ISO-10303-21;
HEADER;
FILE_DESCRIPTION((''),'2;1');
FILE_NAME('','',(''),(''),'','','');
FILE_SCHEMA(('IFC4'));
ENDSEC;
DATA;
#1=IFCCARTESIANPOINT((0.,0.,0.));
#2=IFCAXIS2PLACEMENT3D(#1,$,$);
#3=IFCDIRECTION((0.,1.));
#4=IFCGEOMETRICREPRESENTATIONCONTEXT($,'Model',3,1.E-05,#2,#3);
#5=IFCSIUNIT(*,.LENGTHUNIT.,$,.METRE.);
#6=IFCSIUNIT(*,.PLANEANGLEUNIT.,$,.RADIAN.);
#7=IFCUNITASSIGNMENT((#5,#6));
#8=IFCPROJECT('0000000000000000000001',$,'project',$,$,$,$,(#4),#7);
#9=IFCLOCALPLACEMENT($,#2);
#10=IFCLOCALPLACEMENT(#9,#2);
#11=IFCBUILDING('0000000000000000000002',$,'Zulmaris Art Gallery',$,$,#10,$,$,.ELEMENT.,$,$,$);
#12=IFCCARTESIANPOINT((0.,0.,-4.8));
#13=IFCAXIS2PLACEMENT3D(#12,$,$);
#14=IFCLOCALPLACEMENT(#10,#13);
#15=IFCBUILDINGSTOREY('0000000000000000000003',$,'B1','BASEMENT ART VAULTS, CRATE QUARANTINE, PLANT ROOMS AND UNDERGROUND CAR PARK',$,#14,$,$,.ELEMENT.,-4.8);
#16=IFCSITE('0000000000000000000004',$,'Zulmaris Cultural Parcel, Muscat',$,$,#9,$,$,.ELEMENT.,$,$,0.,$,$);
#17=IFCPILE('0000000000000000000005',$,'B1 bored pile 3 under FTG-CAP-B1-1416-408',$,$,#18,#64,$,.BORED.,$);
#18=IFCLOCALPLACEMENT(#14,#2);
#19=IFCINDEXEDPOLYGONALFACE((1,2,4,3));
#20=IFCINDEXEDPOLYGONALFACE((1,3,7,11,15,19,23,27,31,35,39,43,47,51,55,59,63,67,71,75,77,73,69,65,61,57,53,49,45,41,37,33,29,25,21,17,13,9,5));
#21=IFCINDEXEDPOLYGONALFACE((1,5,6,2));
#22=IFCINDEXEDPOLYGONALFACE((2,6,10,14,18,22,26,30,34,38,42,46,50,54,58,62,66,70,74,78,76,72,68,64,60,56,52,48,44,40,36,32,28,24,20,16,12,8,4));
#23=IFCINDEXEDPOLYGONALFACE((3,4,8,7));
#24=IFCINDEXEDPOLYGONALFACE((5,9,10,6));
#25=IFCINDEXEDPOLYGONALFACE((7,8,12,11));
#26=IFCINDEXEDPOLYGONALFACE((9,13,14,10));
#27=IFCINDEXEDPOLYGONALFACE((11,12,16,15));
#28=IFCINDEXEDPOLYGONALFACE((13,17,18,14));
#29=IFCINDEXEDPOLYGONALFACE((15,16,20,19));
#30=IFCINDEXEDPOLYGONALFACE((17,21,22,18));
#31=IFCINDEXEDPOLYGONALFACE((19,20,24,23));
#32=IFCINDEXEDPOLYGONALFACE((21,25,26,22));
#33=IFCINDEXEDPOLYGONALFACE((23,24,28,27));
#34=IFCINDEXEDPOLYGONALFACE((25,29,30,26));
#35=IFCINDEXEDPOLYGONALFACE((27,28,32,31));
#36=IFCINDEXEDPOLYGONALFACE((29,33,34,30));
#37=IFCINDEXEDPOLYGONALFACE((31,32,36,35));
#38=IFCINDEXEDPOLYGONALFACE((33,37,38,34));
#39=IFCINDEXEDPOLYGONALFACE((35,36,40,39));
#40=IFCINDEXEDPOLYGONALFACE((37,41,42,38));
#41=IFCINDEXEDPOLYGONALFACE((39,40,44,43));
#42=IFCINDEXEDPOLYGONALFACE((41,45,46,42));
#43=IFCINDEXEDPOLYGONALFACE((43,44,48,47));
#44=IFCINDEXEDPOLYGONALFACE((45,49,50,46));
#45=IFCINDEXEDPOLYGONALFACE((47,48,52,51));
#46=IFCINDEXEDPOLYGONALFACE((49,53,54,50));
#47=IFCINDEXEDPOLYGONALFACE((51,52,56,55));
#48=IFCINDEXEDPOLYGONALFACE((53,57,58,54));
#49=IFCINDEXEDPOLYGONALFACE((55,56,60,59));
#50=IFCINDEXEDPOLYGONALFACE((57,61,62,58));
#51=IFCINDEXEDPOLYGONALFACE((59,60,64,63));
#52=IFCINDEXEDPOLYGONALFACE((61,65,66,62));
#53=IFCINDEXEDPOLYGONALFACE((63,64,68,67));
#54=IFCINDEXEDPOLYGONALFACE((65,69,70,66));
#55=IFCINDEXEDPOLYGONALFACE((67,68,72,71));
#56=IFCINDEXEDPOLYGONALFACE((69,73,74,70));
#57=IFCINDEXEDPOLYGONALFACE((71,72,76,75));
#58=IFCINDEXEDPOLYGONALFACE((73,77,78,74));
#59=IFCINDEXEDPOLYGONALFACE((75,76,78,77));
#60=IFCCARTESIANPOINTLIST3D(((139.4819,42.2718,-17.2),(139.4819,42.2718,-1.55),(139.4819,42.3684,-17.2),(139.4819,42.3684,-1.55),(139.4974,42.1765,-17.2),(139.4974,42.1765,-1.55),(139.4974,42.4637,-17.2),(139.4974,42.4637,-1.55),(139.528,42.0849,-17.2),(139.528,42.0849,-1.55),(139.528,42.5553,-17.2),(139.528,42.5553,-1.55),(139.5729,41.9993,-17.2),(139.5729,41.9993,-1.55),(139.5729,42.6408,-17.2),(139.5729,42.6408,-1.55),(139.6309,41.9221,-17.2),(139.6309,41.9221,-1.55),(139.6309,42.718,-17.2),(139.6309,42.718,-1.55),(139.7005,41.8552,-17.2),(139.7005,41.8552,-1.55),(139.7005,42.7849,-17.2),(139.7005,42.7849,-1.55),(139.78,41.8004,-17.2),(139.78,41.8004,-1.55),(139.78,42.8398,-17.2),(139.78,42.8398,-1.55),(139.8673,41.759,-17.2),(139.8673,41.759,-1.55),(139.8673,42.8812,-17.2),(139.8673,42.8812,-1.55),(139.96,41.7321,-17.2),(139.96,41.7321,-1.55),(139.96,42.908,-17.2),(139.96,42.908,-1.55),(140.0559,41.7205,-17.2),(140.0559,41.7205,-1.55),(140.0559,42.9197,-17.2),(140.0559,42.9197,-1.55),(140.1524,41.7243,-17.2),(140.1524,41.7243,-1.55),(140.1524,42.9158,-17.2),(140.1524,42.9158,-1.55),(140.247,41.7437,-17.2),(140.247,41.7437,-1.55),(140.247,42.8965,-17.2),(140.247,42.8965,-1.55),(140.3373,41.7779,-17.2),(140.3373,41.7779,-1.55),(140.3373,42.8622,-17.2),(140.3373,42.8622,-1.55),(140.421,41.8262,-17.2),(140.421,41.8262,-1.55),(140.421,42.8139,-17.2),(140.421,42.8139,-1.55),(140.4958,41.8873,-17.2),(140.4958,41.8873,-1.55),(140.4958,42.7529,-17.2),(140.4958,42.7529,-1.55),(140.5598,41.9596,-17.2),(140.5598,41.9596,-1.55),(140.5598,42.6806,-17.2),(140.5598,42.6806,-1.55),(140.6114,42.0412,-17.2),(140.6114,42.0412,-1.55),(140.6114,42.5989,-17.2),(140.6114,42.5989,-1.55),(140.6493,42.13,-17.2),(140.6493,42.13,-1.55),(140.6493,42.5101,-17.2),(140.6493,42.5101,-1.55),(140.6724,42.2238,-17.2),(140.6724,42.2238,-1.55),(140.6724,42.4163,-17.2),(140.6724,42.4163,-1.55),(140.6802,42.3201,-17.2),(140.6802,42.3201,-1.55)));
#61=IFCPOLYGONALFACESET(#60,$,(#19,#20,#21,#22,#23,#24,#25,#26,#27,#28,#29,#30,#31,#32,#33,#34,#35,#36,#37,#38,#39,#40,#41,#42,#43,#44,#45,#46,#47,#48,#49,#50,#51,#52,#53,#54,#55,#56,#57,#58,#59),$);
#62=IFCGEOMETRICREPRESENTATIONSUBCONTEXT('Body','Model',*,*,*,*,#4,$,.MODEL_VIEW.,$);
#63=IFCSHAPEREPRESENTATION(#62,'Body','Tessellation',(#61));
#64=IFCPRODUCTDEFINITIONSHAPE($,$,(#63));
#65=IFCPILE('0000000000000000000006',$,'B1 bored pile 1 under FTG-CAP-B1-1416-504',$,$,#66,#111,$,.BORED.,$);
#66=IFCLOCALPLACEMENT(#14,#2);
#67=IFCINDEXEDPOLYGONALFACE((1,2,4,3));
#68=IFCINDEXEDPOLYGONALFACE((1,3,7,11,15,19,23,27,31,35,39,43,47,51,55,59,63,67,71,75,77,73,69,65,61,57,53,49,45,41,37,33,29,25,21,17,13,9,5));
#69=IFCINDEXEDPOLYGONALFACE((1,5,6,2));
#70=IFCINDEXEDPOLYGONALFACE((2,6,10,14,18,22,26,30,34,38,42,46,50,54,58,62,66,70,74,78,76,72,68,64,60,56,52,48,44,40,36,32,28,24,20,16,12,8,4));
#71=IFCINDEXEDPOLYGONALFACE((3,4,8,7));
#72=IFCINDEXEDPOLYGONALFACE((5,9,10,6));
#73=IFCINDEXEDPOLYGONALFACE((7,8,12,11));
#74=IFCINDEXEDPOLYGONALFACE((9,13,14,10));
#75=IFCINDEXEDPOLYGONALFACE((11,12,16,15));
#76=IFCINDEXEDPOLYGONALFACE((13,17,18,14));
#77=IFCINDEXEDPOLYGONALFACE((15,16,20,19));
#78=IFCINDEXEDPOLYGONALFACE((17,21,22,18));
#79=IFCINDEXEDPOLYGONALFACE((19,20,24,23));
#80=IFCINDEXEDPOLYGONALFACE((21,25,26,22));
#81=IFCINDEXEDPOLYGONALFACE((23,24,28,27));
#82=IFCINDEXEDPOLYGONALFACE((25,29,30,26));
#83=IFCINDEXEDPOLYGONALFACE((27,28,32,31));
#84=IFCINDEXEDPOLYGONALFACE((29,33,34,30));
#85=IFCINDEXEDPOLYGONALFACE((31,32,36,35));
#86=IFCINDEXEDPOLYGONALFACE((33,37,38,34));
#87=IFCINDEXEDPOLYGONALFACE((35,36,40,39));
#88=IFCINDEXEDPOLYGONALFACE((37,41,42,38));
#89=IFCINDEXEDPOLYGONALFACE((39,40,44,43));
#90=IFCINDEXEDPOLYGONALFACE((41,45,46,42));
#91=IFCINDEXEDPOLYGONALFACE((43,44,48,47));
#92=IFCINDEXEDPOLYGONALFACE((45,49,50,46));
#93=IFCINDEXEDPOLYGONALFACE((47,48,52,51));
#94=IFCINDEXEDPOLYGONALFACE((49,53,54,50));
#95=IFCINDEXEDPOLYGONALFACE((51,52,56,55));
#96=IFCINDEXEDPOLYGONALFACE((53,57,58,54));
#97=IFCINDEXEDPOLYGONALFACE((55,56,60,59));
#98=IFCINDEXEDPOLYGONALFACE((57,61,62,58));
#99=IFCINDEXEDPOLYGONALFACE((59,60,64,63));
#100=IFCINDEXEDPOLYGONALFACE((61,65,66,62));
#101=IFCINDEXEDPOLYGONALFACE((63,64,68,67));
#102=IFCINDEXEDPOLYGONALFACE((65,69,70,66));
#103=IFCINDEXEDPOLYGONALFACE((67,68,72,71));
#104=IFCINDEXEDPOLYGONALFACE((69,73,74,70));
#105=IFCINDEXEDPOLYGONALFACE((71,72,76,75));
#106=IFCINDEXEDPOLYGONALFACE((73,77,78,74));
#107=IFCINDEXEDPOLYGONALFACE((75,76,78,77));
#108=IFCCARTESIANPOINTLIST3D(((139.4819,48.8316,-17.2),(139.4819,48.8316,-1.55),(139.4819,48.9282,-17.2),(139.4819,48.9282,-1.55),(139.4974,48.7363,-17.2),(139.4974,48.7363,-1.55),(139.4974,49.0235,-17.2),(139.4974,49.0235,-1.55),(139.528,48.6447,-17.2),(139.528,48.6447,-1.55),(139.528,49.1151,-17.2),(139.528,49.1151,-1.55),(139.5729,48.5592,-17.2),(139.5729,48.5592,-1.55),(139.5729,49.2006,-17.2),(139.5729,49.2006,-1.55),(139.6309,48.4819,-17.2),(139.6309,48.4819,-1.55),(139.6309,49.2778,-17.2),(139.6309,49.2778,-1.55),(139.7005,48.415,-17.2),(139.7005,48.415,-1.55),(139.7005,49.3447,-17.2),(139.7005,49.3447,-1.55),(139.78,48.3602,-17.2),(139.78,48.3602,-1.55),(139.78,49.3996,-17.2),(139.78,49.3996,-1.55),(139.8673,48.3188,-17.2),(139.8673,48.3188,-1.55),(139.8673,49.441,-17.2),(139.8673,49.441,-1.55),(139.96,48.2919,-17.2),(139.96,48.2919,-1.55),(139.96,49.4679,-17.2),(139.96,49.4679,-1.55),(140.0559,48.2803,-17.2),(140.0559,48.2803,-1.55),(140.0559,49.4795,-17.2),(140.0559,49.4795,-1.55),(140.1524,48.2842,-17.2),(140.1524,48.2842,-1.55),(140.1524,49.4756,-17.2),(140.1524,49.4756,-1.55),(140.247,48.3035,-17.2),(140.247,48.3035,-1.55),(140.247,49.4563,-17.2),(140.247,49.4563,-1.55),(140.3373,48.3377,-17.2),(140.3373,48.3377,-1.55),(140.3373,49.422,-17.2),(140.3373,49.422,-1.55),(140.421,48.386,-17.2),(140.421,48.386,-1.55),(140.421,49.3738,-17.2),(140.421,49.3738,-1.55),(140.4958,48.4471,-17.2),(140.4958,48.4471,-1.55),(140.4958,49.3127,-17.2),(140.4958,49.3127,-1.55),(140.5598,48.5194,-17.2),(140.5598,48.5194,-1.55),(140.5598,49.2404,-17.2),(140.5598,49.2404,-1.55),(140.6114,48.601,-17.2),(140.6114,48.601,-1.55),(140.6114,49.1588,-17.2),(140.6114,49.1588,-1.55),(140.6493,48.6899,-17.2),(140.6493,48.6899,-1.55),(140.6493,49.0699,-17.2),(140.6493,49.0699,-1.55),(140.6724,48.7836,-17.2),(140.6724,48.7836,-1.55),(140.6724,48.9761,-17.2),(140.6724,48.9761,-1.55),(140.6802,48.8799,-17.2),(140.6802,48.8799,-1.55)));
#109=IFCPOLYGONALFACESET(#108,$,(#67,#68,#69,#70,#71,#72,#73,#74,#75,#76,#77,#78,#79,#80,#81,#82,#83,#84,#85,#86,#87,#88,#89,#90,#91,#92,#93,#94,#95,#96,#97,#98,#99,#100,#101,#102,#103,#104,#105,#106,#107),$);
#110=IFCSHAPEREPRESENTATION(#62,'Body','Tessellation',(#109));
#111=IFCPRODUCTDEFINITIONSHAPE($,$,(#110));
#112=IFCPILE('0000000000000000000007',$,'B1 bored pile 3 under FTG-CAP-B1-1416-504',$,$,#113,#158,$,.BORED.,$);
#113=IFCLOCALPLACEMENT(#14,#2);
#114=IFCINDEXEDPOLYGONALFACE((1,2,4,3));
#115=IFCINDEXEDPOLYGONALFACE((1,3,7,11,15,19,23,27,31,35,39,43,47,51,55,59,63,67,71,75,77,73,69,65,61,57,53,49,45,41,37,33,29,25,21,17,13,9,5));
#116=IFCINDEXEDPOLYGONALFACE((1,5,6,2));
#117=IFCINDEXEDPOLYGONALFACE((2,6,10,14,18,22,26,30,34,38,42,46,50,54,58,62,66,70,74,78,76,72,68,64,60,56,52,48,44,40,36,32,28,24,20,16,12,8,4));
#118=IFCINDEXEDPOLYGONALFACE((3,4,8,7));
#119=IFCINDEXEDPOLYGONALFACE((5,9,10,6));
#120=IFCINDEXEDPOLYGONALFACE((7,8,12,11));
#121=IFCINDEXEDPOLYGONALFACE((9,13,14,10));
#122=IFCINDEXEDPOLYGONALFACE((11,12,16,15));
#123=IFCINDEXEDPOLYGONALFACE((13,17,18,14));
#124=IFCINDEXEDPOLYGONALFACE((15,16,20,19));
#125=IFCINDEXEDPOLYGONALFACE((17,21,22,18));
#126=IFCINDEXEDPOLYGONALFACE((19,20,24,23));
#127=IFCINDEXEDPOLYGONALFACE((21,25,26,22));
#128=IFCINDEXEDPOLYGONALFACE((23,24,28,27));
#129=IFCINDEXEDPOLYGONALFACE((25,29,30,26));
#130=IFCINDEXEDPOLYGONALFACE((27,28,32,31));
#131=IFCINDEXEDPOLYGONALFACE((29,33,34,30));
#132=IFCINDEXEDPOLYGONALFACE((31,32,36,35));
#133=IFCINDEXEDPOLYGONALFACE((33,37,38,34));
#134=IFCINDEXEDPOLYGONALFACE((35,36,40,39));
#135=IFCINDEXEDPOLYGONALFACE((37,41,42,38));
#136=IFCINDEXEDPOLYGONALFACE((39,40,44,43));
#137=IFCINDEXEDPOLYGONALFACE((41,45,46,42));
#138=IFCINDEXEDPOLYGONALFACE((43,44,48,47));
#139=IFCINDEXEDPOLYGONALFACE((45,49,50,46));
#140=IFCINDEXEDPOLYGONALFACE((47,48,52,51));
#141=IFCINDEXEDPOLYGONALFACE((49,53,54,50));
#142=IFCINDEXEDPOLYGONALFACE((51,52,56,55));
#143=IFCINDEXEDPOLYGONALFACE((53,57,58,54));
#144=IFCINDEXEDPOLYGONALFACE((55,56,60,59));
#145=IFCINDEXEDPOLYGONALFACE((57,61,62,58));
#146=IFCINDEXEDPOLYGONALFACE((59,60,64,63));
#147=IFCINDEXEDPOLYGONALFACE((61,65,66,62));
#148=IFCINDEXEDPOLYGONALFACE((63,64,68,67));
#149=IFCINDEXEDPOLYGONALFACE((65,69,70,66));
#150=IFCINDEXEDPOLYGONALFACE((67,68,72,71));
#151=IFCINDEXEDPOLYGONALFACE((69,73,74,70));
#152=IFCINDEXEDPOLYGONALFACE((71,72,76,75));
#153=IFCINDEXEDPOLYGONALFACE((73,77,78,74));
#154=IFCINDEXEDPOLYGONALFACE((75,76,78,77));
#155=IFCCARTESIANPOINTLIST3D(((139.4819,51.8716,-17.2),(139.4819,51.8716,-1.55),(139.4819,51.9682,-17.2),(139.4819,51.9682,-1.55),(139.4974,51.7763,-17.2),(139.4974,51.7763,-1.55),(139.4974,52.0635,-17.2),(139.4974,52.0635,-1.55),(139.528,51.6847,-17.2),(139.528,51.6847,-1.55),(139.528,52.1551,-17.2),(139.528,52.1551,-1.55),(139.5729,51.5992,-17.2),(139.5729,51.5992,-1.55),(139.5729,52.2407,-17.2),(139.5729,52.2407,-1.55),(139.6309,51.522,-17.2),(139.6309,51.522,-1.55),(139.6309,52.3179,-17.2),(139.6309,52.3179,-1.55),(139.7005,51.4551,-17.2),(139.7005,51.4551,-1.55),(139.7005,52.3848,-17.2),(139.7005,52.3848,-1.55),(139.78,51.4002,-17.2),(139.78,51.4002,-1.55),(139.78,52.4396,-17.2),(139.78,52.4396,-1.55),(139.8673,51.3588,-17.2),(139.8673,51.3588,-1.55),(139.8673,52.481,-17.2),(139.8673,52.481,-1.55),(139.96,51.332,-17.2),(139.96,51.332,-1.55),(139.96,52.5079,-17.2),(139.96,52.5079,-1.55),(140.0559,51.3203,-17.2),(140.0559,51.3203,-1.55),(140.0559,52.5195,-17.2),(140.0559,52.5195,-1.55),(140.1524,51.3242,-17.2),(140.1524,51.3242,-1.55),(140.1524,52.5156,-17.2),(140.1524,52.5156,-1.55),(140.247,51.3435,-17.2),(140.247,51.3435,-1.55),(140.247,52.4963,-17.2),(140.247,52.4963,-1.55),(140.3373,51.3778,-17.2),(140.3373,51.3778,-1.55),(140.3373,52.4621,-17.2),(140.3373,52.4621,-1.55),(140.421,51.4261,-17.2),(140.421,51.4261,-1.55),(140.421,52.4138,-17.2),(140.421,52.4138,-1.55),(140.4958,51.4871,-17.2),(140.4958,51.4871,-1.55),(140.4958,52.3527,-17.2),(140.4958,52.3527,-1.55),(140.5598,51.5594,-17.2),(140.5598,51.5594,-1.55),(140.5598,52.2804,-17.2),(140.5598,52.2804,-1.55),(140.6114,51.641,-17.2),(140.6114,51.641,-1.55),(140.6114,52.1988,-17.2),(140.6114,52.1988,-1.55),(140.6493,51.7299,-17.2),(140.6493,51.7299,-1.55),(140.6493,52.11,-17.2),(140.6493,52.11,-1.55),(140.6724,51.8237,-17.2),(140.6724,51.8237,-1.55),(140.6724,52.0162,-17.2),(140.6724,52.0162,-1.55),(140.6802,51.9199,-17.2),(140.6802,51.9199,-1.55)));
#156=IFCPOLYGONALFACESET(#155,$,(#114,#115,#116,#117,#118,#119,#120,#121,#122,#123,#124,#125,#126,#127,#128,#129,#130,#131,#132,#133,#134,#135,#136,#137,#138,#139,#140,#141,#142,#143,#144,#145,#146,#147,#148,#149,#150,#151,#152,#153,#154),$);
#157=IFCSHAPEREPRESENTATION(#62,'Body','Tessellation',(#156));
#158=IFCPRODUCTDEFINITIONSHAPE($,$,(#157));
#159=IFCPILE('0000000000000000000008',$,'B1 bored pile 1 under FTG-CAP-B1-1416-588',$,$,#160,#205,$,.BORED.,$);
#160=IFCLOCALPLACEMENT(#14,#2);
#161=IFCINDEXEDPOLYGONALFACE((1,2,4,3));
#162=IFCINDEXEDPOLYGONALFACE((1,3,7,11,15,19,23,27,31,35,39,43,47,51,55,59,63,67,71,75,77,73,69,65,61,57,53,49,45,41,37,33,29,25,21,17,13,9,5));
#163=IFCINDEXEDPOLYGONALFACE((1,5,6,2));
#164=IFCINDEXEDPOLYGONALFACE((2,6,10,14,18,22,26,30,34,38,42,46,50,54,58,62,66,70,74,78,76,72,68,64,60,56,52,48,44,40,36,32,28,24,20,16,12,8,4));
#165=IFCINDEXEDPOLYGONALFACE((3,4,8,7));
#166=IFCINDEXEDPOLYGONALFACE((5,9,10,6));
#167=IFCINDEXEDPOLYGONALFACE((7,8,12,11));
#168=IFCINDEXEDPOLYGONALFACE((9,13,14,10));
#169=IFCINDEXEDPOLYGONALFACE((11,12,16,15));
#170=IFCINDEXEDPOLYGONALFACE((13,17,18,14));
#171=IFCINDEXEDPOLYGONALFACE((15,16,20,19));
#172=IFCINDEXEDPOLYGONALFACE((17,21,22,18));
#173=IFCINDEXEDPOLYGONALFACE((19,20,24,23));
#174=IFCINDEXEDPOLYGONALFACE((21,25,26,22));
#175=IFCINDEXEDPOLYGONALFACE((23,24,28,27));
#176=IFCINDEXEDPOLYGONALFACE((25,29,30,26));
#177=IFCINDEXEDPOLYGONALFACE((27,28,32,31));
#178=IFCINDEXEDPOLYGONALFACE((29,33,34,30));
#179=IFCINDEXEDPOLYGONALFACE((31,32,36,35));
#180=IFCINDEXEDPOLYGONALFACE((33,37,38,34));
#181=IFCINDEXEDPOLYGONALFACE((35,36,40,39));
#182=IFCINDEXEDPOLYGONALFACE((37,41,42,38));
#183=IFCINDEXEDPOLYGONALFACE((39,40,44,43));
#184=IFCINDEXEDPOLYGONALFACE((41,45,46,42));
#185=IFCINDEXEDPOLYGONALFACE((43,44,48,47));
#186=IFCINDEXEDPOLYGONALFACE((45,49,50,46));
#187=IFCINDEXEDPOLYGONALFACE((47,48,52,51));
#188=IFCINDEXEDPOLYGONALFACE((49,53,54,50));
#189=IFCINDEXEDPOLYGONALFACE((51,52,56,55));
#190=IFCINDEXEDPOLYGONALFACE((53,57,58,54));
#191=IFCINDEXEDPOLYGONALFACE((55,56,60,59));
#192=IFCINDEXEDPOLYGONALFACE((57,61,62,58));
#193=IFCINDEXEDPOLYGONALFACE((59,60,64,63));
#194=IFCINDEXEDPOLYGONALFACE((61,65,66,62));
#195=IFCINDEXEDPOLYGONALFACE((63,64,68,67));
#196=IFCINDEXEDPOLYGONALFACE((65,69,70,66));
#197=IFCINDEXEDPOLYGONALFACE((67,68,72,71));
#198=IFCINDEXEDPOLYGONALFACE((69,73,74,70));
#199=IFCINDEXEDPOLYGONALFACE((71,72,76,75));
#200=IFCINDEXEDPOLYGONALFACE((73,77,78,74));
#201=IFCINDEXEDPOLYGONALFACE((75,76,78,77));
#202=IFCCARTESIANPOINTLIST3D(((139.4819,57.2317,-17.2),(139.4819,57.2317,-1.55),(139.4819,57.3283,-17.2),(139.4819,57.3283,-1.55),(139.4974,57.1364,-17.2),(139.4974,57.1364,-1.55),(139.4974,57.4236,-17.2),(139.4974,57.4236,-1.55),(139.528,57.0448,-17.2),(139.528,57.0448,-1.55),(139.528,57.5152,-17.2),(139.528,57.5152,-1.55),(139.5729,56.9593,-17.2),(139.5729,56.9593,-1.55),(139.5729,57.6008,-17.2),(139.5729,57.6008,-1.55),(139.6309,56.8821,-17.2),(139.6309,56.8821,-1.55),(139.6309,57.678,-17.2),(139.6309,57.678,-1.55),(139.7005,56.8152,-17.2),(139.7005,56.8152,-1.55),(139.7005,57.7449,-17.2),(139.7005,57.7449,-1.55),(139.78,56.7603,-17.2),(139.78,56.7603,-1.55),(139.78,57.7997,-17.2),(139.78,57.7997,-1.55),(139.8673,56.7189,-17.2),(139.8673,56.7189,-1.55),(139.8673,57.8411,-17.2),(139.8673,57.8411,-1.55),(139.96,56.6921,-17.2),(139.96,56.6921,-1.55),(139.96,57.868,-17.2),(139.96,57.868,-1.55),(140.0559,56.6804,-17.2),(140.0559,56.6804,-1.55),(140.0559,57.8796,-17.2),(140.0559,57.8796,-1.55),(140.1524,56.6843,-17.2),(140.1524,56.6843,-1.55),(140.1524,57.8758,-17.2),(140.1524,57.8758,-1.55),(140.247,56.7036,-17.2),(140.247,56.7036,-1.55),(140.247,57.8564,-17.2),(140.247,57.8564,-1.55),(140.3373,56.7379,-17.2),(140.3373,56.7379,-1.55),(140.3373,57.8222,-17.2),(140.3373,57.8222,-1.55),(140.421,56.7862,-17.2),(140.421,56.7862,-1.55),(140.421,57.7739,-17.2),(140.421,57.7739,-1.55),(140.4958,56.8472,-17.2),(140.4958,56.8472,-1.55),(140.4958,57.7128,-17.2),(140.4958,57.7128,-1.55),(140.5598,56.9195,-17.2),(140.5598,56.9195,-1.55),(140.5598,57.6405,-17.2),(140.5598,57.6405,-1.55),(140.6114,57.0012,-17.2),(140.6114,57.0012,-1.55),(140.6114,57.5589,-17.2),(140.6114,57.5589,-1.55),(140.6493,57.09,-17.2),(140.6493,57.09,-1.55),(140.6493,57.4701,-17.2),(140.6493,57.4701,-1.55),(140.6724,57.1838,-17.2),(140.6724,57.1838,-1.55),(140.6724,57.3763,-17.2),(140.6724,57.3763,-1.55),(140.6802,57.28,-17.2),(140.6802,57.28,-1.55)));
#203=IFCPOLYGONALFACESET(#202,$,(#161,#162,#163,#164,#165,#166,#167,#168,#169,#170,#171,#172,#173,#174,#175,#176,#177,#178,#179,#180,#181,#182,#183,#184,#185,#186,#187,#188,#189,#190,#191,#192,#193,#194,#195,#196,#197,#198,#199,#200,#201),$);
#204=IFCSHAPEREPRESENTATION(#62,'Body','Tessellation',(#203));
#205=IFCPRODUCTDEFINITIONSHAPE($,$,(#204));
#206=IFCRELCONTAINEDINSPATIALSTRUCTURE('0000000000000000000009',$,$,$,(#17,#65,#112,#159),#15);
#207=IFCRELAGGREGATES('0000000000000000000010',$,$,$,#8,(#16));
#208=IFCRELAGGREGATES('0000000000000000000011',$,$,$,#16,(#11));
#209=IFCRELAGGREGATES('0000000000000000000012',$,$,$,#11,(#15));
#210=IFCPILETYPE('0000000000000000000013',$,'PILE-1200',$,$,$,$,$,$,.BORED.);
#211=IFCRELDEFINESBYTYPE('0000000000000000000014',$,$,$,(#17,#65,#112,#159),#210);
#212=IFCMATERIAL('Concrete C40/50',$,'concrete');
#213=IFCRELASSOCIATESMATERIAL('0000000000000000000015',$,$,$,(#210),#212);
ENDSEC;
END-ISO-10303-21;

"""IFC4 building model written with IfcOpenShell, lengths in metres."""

from ifc_helpers import new_model, si_unit, direction, frame, origin, origin_2d, place, context, subcontext, project, spatial, circle, extrude, material, material_profile, profile_set, type_object, element, save


model = new_model("IFC4")

# Units and contexts
model_context = context("Model", 3, precision=1e-05, world=origin(), true_north=direction((0.0, 1.0)))
body_context = subcontext(model_context, "Body", "Model", "MODEL_VIEW")
ifc_project = project(units=[si_unit("LENGTHUNIT", "METRE"), si_unit("PLANEANGLEUNIT", "RADIAN")], contexts=[model_context])

# Site, building, storey
site_placement = place(None, origin())
site = spatial("IfcSite", under=ifc_project, at=site_placement, Name="Zulmaris Cultural Parcel, Muscat", CompositionType="ELEMENT", RefElevation=0.0)
building_placement = place(site_placement, origin())
building = spatial("IfcBuilding", under=site, at=building_placement, Name="Zulmaris Art Gallery", CompositionType="ELEMENT")
storey_placement = place(building_placement, frame((0.0, 0.0, -4.8)))
storey = spatial("IfcBuildingStorey", under=building, at=storey_placement, Name="B1", Description="BASEMENT ART VAULTS, CRATE QUARANTINE, PLANT ROOMS AND UNDERGROUND CAR PARK", CompositionType="ELEMENT", Elevation=-4.8)

# Shared definitions
ifc_material_1 = material(Name="Concrete C40/50", Category="concrete")

# Piles
ifc_material_profile = material_profile(ifc_material_1, circle(Radius=0.6001, at=origin_2d()), Name="PILE DIA 1200")
ifc_profile_set = profile_set([ifc_material_profile], Name="Concrete C40/50")
pile_type = type_object("IfcPileType", Name="PILE-1200", PredefinedType="BORED", material=ifc_profile_set)
for number, where, z_axis, x_axis, name in (
    (1, (140.0801, 42.3201, -1.55), (0.0, 0.0, -1.0), (1.0, 0.0, 0.0), "B1 bored pile 3 under FTG-CAP-B1-1416-408"),
    (2, (140.0801, 48.8799, -1.55), (0.0, 0.0, -1.0), (1.0, 0.0, 0.0), "B1 bored pile 1 under FTG-CAP-B1-1416-504"),
    (3, (140.0801, 51.9199, -1.55), (0.0, 0.0, -1.0), (1.0, 0.0, 0.0), "B1 bored pile 3 under FTG-CAP-B1-1416-504"),
    (4, (140.0801, 57.28, -1.55), (0.0, 0.0, -1.0), (1.0, 0.0, 0.0), "B1 bored pile 1 under FTG-CAP-B1-1416-588"),
):
    element("IfcPile", number, at=place(storey_placement, frame(where, z_axis=z_axis, x_axis=x_axis)), inside=storey, type_object=pile_type, Name=name, PredefinedType="BORED", context=body_context, shape_type="SweptSolid", body=[
        extrude(circle(Radius=0.6001, at=origin_2d()), origin(), (0.0, 0.0, 1.0), 15.6499),
    ])

save(model, "model.ifc")
